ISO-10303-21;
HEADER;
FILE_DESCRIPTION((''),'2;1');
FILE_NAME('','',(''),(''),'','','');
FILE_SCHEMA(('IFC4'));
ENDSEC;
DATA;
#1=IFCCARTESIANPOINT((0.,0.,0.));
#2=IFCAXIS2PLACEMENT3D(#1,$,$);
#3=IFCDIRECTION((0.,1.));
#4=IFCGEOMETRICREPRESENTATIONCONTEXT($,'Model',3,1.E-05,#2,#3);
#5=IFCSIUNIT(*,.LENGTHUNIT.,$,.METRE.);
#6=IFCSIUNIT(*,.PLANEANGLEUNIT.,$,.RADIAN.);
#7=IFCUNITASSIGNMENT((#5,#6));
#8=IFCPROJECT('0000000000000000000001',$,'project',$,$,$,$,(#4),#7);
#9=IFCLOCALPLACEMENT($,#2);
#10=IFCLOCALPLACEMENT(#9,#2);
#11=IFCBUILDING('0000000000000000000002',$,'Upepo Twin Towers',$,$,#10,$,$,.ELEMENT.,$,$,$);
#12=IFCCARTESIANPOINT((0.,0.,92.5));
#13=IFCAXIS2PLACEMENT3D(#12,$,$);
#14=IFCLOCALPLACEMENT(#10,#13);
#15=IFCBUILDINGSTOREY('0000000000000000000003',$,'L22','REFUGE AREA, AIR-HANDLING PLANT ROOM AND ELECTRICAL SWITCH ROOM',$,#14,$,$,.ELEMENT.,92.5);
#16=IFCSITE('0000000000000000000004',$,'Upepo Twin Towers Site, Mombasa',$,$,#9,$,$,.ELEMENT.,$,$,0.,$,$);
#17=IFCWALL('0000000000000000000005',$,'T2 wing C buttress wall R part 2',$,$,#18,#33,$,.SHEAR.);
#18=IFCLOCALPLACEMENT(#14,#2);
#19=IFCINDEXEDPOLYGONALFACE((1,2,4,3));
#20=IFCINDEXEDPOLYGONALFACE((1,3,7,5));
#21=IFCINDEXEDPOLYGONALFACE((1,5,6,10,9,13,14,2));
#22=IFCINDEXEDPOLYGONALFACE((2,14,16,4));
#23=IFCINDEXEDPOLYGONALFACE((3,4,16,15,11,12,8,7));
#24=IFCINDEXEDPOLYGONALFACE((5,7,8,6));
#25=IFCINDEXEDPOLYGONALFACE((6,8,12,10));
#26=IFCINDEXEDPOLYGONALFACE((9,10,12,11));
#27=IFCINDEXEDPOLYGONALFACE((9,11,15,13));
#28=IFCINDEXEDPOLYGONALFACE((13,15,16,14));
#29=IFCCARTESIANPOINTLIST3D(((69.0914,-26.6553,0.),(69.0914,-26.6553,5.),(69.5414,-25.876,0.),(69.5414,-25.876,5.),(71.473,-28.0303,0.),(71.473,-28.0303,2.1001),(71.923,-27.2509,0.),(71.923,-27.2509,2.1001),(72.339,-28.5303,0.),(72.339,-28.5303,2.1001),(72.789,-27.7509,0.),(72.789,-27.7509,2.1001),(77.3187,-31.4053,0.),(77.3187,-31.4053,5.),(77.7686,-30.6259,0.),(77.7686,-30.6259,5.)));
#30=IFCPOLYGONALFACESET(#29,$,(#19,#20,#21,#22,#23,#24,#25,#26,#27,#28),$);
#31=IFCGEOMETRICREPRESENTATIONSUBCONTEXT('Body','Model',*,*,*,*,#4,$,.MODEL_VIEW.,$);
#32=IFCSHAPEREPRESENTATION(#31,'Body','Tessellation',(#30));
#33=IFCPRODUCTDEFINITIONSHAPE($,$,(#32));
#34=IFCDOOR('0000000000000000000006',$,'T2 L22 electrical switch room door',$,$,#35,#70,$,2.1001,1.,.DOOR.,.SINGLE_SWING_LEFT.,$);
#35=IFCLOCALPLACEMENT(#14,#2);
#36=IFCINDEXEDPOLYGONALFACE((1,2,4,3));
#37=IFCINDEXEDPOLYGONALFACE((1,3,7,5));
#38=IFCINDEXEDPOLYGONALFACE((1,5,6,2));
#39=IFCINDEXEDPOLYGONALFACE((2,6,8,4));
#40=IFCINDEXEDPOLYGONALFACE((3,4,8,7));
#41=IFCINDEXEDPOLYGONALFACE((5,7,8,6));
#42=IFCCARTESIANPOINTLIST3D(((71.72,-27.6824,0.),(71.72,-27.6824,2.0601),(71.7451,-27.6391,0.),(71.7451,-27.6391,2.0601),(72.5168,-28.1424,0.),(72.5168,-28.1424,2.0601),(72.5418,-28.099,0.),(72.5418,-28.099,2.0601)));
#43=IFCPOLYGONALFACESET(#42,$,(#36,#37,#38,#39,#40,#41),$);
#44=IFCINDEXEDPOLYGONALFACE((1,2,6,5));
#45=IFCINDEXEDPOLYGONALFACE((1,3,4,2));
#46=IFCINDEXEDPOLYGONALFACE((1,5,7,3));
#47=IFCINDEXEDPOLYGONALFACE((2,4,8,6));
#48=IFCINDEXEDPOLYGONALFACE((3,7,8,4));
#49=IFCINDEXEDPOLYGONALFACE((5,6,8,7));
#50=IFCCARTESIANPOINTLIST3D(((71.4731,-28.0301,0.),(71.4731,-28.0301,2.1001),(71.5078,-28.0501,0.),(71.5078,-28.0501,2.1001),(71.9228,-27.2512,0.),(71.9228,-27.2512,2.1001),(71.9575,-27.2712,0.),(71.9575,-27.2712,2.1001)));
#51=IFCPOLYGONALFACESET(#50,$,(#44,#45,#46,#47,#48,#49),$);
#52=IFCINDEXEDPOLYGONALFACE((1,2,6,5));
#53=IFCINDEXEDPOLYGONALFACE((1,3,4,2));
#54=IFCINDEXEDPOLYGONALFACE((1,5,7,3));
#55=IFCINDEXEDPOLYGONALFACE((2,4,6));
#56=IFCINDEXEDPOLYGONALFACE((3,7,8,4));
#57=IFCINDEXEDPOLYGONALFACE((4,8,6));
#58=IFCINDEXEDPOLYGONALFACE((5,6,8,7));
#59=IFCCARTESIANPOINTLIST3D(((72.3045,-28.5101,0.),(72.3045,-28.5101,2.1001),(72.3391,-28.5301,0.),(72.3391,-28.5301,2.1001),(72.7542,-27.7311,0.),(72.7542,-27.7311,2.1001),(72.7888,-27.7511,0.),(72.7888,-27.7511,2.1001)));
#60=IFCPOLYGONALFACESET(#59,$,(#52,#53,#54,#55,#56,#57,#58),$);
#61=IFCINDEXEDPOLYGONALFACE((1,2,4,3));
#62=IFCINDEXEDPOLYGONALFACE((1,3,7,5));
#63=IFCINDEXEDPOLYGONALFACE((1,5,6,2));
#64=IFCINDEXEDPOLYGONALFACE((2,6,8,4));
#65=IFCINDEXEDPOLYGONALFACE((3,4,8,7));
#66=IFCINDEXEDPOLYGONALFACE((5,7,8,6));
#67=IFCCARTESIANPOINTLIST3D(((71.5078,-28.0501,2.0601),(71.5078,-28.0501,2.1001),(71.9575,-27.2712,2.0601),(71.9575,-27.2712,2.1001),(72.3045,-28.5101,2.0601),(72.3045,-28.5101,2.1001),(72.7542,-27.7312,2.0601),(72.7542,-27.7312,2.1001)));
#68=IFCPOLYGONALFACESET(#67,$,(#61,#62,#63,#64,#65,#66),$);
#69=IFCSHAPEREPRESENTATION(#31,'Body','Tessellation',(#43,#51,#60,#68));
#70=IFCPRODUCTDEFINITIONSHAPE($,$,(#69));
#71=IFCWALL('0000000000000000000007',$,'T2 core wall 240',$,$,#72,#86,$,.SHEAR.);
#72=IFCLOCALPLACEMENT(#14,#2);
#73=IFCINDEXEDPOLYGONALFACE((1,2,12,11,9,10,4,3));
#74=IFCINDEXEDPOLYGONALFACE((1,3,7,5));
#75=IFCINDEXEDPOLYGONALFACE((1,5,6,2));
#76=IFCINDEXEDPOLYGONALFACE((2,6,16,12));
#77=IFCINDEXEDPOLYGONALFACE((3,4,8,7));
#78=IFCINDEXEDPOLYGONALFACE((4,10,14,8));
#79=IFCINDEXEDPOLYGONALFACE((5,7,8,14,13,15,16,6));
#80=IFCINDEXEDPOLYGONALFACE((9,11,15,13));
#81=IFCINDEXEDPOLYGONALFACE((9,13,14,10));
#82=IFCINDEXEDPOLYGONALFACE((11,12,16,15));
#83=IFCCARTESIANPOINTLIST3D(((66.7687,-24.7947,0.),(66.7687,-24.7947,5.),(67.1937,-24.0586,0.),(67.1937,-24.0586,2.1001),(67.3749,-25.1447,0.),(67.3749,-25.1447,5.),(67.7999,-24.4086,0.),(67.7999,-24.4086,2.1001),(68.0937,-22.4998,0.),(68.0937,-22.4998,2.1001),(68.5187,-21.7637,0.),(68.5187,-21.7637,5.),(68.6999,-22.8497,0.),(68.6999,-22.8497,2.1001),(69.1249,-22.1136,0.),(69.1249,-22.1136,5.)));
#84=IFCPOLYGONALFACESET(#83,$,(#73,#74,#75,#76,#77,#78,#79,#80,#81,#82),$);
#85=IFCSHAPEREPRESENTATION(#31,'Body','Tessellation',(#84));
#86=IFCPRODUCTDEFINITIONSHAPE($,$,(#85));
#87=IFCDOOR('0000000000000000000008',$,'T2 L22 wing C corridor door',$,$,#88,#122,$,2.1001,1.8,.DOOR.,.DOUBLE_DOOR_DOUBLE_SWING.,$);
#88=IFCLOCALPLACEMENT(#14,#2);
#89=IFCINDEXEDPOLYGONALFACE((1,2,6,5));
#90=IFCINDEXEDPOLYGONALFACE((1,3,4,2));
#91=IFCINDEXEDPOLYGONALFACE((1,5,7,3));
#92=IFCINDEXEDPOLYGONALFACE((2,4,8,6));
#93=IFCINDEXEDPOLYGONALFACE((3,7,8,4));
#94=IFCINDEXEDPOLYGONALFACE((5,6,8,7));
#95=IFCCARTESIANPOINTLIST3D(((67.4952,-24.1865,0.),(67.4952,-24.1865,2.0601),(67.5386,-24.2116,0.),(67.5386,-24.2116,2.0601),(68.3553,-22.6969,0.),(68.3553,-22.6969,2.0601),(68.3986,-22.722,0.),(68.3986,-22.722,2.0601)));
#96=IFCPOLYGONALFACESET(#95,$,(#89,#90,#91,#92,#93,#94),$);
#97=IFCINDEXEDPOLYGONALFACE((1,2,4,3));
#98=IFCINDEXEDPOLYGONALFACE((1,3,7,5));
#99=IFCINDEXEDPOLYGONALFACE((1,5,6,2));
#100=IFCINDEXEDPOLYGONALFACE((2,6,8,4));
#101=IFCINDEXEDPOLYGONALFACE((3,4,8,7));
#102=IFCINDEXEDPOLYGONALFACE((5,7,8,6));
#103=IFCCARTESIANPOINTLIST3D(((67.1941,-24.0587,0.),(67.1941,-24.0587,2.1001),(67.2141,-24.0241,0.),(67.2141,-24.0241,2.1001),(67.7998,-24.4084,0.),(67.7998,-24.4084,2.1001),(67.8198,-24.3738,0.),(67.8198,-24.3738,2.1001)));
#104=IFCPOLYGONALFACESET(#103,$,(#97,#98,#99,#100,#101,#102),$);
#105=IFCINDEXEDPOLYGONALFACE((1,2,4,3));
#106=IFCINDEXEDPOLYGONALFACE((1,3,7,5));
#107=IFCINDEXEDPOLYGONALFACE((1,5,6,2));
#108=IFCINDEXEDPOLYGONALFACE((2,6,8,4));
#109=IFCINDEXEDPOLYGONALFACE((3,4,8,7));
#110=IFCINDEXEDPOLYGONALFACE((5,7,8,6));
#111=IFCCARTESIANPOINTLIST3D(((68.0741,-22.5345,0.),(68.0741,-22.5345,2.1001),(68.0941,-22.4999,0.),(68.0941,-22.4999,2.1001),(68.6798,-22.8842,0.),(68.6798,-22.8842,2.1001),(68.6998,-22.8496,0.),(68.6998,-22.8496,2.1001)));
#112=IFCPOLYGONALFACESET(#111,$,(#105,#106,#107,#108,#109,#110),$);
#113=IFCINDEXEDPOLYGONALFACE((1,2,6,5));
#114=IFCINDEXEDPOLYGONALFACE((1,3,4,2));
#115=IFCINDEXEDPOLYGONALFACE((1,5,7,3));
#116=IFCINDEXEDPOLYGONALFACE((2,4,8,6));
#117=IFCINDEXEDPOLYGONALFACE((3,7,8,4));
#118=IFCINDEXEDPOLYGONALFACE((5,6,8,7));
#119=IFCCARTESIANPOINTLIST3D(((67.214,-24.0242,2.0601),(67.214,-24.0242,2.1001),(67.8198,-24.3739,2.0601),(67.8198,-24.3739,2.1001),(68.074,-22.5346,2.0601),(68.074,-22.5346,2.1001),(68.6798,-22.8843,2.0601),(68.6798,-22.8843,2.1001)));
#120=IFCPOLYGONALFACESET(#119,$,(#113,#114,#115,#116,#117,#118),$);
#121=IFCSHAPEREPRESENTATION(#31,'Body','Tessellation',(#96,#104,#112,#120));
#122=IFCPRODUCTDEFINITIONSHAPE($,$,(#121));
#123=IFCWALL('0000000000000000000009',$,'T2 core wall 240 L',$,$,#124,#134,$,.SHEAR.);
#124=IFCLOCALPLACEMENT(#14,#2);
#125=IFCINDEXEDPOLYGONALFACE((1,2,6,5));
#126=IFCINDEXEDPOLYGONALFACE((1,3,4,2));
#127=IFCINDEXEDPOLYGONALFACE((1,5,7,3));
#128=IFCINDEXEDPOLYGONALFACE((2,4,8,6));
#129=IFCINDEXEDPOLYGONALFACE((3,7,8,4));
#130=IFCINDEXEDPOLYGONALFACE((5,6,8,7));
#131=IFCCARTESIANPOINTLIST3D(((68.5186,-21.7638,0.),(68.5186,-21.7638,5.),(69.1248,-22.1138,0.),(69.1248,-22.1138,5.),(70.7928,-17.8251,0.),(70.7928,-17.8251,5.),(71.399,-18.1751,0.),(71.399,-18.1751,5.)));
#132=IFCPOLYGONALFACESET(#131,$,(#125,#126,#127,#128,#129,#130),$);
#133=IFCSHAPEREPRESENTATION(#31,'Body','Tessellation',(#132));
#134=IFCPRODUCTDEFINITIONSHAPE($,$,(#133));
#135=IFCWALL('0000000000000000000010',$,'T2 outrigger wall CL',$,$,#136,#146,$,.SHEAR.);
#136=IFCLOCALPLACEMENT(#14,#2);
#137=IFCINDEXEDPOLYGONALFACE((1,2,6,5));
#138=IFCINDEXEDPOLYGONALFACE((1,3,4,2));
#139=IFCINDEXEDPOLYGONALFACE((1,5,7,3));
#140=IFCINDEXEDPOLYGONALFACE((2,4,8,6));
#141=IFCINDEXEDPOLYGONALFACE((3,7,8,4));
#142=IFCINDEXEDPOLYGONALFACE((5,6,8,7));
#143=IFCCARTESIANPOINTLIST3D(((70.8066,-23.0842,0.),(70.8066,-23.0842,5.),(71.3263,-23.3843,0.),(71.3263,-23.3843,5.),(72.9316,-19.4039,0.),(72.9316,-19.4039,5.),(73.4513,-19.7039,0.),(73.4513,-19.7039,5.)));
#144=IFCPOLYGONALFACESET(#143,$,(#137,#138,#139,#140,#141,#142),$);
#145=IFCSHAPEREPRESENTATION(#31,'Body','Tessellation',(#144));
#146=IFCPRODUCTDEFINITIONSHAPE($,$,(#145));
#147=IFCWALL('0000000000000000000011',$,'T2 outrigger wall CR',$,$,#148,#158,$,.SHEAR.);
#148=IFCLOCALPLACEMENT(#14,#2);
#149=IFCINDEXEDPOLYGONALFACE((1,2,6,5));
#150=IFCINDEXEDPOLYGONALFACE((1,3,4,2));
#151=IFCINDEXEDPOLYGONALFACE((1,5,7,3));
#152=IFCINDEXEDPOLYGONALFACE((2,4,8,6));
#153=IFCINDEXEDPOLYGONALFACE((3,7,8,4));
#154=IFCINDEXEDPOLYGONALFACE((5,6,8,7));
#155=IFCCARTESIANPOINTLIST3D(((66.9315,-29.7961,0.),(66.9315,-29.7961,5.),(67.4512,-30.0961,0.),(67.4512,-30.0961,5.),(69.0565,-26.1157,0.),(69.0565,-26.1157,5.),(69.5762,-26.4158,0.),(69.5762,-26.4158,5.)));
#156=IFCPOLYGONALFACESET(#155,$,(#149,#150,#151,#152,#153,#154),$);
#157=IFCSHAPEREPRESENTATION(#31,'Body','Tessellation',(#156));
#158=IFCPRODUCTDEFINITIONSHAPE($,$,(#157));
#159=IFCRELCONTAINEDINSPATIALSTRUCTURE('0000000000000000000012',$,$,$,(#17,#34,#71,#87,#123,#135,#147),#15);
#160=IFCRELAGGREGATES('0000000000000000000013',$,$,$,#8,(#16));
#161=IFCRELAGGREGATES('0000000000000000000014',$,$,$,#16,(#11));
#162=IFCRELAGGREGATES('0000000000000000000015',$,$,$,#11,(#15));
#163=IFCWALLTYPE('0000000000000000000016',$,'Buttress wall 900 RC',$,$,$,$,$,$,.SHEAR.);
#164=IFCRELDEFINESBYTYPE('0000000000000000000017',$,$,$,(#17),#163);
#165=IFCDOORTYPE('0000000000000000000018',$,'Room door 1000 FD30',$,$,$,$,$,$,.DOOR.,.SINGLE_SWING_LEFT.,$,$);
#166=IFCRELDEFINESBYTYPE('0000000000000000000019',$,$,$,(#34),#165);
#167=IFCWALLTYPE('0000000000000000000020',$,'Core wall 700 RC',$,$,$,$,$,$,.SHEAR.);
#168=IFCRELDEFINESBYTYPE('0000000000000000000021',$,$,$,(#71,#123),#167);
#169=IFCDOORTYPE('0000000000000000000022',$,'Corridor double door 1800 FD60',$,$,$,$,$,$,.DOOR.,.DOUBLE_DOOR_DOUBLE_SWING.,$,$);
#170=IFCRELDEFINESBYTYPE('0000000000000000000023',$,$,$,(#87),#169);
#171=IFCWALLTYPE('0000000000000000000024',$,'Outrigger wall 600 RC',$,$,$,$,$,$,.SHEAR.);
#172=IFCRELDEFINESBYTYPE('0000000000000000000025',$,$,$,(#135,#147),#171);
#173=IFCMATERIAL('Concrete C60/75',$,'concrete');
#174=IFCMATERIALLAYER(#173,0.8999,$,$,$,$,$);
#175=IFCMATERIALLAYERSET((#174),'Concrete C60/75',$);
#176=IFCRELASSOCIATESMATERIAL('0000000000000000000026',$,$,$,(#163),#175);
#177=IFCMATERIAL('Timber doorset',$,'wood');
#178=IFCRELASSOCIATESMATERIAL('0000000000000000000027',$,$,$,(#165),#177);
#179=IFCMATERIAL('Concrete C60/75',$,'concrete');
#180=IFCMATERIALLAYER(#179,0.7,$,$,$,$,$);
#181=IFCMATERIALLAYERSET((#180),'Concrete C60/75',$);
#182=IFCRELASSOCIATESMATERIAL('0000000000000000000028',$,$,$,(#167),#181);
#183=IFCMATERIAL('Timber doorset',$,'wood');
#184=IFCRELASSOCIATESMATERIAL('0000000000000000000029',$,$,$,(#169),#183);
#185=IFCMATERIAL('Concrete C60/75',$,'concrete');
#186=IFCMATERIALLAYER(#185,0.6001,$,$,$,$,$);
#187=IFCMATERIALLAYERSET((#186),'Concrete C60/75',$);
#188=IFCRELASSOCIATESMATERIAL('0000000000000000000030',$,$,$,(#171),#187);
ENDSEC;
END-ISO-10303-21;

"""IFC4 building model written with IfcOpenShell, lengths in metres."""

from ifc_helpers import new_model, si_unit, direction, frame, frame_2d, origin, place, context, subcontext, project, spatial, rectangle, extrude, material, layer, layer_set, type_object, element, fill, save


model = new_model("IFC4")

# Units and contexts
model_context = context("Model", 3, precision=1e-05, world=origin(), true_north=direction((0.0, 1.0)))
body_context = subcontext(model_context, "Body", "Model", "MODEL_VIEW")
ifc_project = project(units=[si_unit("LENGTHUNIT", "METRE"), si_unit("PLANEANGLEUNIT", "RADIAN")], contexts=[model_context])

# Site, building, storey
site_placement = place(None, origin())
site = spatial("IfcSite", under=ifc_project, at=site_placement, Name="Upepo Twin Towers Site, Mombasa", CompositionType="ELEMENT", RefElevation=0.0)
building_placement = place(site_placement, origin())
building = spatial("IfcBuilding", under=site, at=building_placement, Name="Upepo Twin Towers", CompositionType="ELEMENT")
storey_placement = place(building_placement, frame((0.0, 0.0, 92.5)))
storey = spatial("IfcBuildingStorey", under=building, at=storey_placement, Name="L22", Description="REFUGE AREA, AIR-HANDLING PLANT ROOM AND ELECTRICAL SWITCH ROOM", CompositionType="ELEMENT", Elevation=92.5)

# Walls, openings, doors
ifc_material_1 = material(Name="Concrete C60/75", Category="concrete")
ifc_layer_1 = layer(ifc_material_1, 0.8999)
ifc_layer_set_1 = layer_set([ifc_layer_1], Name="Concrete C60/75")
wall_type_1 = type_object("IfcWallType", Name="Buttress wall 900 RC", PredefinedType="SHEAR", material=ifc_layer_set_1)
ifc_material_2 = material(Name="Timber doorset", Category="wood")
door_type_1 = type_object("IfcDoorType", Name="Room door 1000 FD30", OperationType="SINGLE_SWING_LEFT", PredefinedType="DOOR", material=ifc_material_2)
wall_1_placement = place(storey_placement, frame((69.3164, -26.2656, 0.0), z_axis=(0.0, 0.0, 1.0), x_axis=(0.866027, -0.499998, 0.0)))
wall_1 = element("IfcWall", 1, at=wall_1_placement, inside=storey, type_object=wall_type_1, Name="T2 wing C buttress wall R part 2", PredefinedType="SHEAR", context=body_context, shape_type="SweptSolid", body=[
    extrude(rectangle(XDim=9.5, YDim=0.8999, at=frame_2d((4.75, 0.0))), origin(), (0.0, 0.0, 1.0), 5.0),
])
opening_1_placement = place(wall_1_placement, frame((2.75, 0.0, 0.0)))
opening_1 = element("IfcOpeningElement", 2, at=opening_1_placement, cuts=wall_1, PredefinedType="OPENING", context=body_context, shape_type="SweptSolid", body=[
    extrude(rectangle(XDim=1.0, YDim=2.1001, at=frame_2d((0.5, 1.05))), frame((0.0, 0.46, 0.0), z_axis=(0.0, -1.0, 0.0), x_axis=(1.0, 0.0, 0.0)), (0.0, 0.0, 1.0), 0.9199),
])
door_1_placement = place(opening_1_placement, origin())
door_1 = element("IfcDoor", 3, at=door_1_placement, inside=storey, type_object=door_type_1, Name="T2 L22 electrical switch room door", OperationType="SINGLE_SWING_LEFT", OverallHeight=2.1001, OverallWidth=1.0, PredefinedType="DOOR", context=body_context, shape_type="SweptSolid", body=[
    extrude(rectangle(XDim=0.92, YDim=2.0601, at=frame_2d((0.5, 1.03))), frame((0.0, 0.0249, 0.0), z_axis=(0.0, -1.0, 0.0), x_axis=(1.0, 0.0, 0.0)), (0.0, 0.0, 1.0), 0.05),
    extrude(rectangle(XDim=0.04, YDim=2.1001, at=frame_2d((0.02, 1.05))), frame((0.0, 0.4497, 0.0), z_axis=(0.0, -1.0, 0.0), x_axis=(1.0, 0.0, 0.0)), (0.0, 0.0, 1.0), 0.8994),
    extrude(rectangle(XDim=0.04, YDim=2.1001, at=frame_2d((0.98, 1.05))), frame((0.0, 0.4497, 0.0), z_axis=(0.0, -1.0, 0.0), x_axis=(1.0, 0.0, 0.0)), (0.0, 0.0, 1.0), 0.8994),
    extrude(rectangle(XDim=0.92, YDim=0.04, at=frame_2d((0.5, 2.0801))), frame((0.0, 0.4497, 0.0), z_axis=(0.0, -1.0, 0.0), x_axis=(1.0, 0.0, 0.0)), (0.0, 0.0, 1.0), 0.8994),
])
fill(opening_1, door_1)
ifc_material_3 = material(Name="Concrete C60/75", Category="concrete")
ifc_layer_2 = layer(ifc_material_3, 0.7)
ifc_layer_set_2 = layer_set([ifc_layer_2], Name="Concrete C60/75")
wall_type_2 = type_object("IfcWallType", Name="Core wall 700 RC", PredefinedType="SHEAR", material=ifc_layer_set_2)
wall_2_placement = place(storey_placement, frame((67.0718, -24.9697, 0.0), z_axis=(0.0, 0.0, 1.0), x_axis=(0.50001, 0.866019, 0.0)))
wall_2 = element("IfcWall", 4, at=wall_2_placement, inside=storey, type_object=wall_type_2, Name="T2 core wall 240", PredefinedType="SHEAR", context=body_context, shape_type="SweptSolid", body=[
    extrude(rectangle(XDim=3.5, YDim=0.7, at=frame_2d((1.75, 0.0))), origin(), (0.0, 0.0, 1.0), 5.0),
])
opening_2_placement = place(wall_2_placement, frame((0.8501, 0.0, 0.0)))
opening_2 = element("IfcOpeningElement", 5, at=opening_2_placement, cuts=wall_2, PredefinedType="OPENING", context=body_context, shape_type="SweptSolid", body=[
    extrude(rectangle(XDim=1.8, YDim=2.1001, at=frame_2d((0.8999, 1.05))), frame((0.0, 0.3599, 0.0), z_axis=(0.0, -1.0, 0.0), x_axis=(1.0, 0.0, 0.0)), (0.0, 0.0, 1.0), 0.72),
])
ifc_material_4 = material(Name="Timber doorset", Category="wood")
door_type_2 = type_object("IfcDoorType", Name="Corridor double door 1800 FD60", OperationType="DOUBLE_DOOR_DOUBLE_SWING", PredefinedType="DOOR", material=ifc_material_4)
door_2_placement = place(opening_2_placement, origin())
door_2 = element("IfcDoor", 6, at=door_2_placement, inside=storey, type_object=door_type_2, Name="T2 L22 wing C corridor door", OperationType="DOUBLE_DOOR_DOUBLE_SWING", OverallHeight=2.1001, OverallWidth=1.8, PredefinedType="DOOR", context=body_context, shape_type="SweptSolid", body=[
    extrude(rectangle(XDim=1.72, YDim=2.0601, at=frame_2d((0.8999, 1.03))), frame((0.0, 0.0249, 0.0), z_axis=(0.0, -1.0, 0.0), x_axis=(1.0, 0.0, 0.0)), (0.0, 0.0, 1.0), 0.05),
    extrude(rectangle(XDim=0.04, YDim=2.1001, at=frame_2d((0.02, 1.05))), frame((0.0, 0.3496, 0.0), z_axis=(0.0, -1.0, 0.0), x_axis=(1.0, 0.0, 0.0)), (0.0, 0.0, 1.0), 0.6995),
    extrude(rectangle(XDim=0.04, YDim=2.1001, at=frame_2d((1.78, 1.05))), frame((0.0, 0.3496, 0.0), z_axis=(0.0, -1.0, 0.0), x_axis=(1.0, 0.0, 0.0)), (0.0, 0.0, 1.0), 0.6995),
    extrude(rectangle(XDim=1.72, YDim=0.04, at=frame_2d((0.8999, 2.0801))), frame((0.0, 0.3496, 0.0), z_axis=(0.0, -1.0, 0.0), x_axis=(1.0, 0.0, 0.0)), (0.0, 0.0, 1.0), 0.6995),
])
fill(opening_2, door_2)

# Walls
wall_3_placement = place(storey_placement, frame((68.8218, -21.9387, 0.0), z_axis=(0.0, 0.0, 1.0), x_axis=(0.500024, 0.866011, 0.0)))
element("IfcWall", 7, at=wall_3_placement, inside=storey, type_object=wall_type_2, Name="T2 core wall 240 L", PredefinedType="SHEAR", context=body_context, shape_type="SweptSolid", body=[
    extrude(rectangle(XDim=4.5481, YDim=0.7, at=frame_2d((2.2739, 0.0))), origin(), (0.0, 0.0, 1.0), 5.0),
])
ifc_material_5 = material(Name="Concrete C60/75", Category="concrete")
ifc_layer_3 = layer(ifc_material_5, 0.6001)
ifc_layer_set_3 = layer_set([ifc_layer_3], Name="Concrete C60/75")
wall_type_3 = type_object("IfcWallType", Name="Outrigger wall 600 RC", PredefinedType="SHEAR", material=ifc_layer_set_3)
for number, where, z_axis, x_axis, name in (
    (8, (71.0664, -23.2344, 0.0), (0.0, 0.0, 1.0), (0.500019, 0.866014, 0.0), "T2 outrigger wall CL"),
    (9, (69.3164, -26.2656, 0.0), (0.0, 0.0, 1.0), (-0.500019, -0.866014, 0.0), "T2 outrigger wall CR"),
):
    element("IfcWall", number, at=place(storey_placement, frame(where, z_axis=z_axis, x_axis=x_axis)), inside=storey, type_object=wall_type_3, Name=name, PredefinedType="SHEAR", context=body_context, shape_type="SweptSolid", body=[
        extrude(rectangle(XDim=4.2498, YDim=0.6001, at=frame_2d((2.125, 0.0))), origin(), (0.0, 0.0, 1.0), 5.0),
    ])

save(model, "model.ifc")
